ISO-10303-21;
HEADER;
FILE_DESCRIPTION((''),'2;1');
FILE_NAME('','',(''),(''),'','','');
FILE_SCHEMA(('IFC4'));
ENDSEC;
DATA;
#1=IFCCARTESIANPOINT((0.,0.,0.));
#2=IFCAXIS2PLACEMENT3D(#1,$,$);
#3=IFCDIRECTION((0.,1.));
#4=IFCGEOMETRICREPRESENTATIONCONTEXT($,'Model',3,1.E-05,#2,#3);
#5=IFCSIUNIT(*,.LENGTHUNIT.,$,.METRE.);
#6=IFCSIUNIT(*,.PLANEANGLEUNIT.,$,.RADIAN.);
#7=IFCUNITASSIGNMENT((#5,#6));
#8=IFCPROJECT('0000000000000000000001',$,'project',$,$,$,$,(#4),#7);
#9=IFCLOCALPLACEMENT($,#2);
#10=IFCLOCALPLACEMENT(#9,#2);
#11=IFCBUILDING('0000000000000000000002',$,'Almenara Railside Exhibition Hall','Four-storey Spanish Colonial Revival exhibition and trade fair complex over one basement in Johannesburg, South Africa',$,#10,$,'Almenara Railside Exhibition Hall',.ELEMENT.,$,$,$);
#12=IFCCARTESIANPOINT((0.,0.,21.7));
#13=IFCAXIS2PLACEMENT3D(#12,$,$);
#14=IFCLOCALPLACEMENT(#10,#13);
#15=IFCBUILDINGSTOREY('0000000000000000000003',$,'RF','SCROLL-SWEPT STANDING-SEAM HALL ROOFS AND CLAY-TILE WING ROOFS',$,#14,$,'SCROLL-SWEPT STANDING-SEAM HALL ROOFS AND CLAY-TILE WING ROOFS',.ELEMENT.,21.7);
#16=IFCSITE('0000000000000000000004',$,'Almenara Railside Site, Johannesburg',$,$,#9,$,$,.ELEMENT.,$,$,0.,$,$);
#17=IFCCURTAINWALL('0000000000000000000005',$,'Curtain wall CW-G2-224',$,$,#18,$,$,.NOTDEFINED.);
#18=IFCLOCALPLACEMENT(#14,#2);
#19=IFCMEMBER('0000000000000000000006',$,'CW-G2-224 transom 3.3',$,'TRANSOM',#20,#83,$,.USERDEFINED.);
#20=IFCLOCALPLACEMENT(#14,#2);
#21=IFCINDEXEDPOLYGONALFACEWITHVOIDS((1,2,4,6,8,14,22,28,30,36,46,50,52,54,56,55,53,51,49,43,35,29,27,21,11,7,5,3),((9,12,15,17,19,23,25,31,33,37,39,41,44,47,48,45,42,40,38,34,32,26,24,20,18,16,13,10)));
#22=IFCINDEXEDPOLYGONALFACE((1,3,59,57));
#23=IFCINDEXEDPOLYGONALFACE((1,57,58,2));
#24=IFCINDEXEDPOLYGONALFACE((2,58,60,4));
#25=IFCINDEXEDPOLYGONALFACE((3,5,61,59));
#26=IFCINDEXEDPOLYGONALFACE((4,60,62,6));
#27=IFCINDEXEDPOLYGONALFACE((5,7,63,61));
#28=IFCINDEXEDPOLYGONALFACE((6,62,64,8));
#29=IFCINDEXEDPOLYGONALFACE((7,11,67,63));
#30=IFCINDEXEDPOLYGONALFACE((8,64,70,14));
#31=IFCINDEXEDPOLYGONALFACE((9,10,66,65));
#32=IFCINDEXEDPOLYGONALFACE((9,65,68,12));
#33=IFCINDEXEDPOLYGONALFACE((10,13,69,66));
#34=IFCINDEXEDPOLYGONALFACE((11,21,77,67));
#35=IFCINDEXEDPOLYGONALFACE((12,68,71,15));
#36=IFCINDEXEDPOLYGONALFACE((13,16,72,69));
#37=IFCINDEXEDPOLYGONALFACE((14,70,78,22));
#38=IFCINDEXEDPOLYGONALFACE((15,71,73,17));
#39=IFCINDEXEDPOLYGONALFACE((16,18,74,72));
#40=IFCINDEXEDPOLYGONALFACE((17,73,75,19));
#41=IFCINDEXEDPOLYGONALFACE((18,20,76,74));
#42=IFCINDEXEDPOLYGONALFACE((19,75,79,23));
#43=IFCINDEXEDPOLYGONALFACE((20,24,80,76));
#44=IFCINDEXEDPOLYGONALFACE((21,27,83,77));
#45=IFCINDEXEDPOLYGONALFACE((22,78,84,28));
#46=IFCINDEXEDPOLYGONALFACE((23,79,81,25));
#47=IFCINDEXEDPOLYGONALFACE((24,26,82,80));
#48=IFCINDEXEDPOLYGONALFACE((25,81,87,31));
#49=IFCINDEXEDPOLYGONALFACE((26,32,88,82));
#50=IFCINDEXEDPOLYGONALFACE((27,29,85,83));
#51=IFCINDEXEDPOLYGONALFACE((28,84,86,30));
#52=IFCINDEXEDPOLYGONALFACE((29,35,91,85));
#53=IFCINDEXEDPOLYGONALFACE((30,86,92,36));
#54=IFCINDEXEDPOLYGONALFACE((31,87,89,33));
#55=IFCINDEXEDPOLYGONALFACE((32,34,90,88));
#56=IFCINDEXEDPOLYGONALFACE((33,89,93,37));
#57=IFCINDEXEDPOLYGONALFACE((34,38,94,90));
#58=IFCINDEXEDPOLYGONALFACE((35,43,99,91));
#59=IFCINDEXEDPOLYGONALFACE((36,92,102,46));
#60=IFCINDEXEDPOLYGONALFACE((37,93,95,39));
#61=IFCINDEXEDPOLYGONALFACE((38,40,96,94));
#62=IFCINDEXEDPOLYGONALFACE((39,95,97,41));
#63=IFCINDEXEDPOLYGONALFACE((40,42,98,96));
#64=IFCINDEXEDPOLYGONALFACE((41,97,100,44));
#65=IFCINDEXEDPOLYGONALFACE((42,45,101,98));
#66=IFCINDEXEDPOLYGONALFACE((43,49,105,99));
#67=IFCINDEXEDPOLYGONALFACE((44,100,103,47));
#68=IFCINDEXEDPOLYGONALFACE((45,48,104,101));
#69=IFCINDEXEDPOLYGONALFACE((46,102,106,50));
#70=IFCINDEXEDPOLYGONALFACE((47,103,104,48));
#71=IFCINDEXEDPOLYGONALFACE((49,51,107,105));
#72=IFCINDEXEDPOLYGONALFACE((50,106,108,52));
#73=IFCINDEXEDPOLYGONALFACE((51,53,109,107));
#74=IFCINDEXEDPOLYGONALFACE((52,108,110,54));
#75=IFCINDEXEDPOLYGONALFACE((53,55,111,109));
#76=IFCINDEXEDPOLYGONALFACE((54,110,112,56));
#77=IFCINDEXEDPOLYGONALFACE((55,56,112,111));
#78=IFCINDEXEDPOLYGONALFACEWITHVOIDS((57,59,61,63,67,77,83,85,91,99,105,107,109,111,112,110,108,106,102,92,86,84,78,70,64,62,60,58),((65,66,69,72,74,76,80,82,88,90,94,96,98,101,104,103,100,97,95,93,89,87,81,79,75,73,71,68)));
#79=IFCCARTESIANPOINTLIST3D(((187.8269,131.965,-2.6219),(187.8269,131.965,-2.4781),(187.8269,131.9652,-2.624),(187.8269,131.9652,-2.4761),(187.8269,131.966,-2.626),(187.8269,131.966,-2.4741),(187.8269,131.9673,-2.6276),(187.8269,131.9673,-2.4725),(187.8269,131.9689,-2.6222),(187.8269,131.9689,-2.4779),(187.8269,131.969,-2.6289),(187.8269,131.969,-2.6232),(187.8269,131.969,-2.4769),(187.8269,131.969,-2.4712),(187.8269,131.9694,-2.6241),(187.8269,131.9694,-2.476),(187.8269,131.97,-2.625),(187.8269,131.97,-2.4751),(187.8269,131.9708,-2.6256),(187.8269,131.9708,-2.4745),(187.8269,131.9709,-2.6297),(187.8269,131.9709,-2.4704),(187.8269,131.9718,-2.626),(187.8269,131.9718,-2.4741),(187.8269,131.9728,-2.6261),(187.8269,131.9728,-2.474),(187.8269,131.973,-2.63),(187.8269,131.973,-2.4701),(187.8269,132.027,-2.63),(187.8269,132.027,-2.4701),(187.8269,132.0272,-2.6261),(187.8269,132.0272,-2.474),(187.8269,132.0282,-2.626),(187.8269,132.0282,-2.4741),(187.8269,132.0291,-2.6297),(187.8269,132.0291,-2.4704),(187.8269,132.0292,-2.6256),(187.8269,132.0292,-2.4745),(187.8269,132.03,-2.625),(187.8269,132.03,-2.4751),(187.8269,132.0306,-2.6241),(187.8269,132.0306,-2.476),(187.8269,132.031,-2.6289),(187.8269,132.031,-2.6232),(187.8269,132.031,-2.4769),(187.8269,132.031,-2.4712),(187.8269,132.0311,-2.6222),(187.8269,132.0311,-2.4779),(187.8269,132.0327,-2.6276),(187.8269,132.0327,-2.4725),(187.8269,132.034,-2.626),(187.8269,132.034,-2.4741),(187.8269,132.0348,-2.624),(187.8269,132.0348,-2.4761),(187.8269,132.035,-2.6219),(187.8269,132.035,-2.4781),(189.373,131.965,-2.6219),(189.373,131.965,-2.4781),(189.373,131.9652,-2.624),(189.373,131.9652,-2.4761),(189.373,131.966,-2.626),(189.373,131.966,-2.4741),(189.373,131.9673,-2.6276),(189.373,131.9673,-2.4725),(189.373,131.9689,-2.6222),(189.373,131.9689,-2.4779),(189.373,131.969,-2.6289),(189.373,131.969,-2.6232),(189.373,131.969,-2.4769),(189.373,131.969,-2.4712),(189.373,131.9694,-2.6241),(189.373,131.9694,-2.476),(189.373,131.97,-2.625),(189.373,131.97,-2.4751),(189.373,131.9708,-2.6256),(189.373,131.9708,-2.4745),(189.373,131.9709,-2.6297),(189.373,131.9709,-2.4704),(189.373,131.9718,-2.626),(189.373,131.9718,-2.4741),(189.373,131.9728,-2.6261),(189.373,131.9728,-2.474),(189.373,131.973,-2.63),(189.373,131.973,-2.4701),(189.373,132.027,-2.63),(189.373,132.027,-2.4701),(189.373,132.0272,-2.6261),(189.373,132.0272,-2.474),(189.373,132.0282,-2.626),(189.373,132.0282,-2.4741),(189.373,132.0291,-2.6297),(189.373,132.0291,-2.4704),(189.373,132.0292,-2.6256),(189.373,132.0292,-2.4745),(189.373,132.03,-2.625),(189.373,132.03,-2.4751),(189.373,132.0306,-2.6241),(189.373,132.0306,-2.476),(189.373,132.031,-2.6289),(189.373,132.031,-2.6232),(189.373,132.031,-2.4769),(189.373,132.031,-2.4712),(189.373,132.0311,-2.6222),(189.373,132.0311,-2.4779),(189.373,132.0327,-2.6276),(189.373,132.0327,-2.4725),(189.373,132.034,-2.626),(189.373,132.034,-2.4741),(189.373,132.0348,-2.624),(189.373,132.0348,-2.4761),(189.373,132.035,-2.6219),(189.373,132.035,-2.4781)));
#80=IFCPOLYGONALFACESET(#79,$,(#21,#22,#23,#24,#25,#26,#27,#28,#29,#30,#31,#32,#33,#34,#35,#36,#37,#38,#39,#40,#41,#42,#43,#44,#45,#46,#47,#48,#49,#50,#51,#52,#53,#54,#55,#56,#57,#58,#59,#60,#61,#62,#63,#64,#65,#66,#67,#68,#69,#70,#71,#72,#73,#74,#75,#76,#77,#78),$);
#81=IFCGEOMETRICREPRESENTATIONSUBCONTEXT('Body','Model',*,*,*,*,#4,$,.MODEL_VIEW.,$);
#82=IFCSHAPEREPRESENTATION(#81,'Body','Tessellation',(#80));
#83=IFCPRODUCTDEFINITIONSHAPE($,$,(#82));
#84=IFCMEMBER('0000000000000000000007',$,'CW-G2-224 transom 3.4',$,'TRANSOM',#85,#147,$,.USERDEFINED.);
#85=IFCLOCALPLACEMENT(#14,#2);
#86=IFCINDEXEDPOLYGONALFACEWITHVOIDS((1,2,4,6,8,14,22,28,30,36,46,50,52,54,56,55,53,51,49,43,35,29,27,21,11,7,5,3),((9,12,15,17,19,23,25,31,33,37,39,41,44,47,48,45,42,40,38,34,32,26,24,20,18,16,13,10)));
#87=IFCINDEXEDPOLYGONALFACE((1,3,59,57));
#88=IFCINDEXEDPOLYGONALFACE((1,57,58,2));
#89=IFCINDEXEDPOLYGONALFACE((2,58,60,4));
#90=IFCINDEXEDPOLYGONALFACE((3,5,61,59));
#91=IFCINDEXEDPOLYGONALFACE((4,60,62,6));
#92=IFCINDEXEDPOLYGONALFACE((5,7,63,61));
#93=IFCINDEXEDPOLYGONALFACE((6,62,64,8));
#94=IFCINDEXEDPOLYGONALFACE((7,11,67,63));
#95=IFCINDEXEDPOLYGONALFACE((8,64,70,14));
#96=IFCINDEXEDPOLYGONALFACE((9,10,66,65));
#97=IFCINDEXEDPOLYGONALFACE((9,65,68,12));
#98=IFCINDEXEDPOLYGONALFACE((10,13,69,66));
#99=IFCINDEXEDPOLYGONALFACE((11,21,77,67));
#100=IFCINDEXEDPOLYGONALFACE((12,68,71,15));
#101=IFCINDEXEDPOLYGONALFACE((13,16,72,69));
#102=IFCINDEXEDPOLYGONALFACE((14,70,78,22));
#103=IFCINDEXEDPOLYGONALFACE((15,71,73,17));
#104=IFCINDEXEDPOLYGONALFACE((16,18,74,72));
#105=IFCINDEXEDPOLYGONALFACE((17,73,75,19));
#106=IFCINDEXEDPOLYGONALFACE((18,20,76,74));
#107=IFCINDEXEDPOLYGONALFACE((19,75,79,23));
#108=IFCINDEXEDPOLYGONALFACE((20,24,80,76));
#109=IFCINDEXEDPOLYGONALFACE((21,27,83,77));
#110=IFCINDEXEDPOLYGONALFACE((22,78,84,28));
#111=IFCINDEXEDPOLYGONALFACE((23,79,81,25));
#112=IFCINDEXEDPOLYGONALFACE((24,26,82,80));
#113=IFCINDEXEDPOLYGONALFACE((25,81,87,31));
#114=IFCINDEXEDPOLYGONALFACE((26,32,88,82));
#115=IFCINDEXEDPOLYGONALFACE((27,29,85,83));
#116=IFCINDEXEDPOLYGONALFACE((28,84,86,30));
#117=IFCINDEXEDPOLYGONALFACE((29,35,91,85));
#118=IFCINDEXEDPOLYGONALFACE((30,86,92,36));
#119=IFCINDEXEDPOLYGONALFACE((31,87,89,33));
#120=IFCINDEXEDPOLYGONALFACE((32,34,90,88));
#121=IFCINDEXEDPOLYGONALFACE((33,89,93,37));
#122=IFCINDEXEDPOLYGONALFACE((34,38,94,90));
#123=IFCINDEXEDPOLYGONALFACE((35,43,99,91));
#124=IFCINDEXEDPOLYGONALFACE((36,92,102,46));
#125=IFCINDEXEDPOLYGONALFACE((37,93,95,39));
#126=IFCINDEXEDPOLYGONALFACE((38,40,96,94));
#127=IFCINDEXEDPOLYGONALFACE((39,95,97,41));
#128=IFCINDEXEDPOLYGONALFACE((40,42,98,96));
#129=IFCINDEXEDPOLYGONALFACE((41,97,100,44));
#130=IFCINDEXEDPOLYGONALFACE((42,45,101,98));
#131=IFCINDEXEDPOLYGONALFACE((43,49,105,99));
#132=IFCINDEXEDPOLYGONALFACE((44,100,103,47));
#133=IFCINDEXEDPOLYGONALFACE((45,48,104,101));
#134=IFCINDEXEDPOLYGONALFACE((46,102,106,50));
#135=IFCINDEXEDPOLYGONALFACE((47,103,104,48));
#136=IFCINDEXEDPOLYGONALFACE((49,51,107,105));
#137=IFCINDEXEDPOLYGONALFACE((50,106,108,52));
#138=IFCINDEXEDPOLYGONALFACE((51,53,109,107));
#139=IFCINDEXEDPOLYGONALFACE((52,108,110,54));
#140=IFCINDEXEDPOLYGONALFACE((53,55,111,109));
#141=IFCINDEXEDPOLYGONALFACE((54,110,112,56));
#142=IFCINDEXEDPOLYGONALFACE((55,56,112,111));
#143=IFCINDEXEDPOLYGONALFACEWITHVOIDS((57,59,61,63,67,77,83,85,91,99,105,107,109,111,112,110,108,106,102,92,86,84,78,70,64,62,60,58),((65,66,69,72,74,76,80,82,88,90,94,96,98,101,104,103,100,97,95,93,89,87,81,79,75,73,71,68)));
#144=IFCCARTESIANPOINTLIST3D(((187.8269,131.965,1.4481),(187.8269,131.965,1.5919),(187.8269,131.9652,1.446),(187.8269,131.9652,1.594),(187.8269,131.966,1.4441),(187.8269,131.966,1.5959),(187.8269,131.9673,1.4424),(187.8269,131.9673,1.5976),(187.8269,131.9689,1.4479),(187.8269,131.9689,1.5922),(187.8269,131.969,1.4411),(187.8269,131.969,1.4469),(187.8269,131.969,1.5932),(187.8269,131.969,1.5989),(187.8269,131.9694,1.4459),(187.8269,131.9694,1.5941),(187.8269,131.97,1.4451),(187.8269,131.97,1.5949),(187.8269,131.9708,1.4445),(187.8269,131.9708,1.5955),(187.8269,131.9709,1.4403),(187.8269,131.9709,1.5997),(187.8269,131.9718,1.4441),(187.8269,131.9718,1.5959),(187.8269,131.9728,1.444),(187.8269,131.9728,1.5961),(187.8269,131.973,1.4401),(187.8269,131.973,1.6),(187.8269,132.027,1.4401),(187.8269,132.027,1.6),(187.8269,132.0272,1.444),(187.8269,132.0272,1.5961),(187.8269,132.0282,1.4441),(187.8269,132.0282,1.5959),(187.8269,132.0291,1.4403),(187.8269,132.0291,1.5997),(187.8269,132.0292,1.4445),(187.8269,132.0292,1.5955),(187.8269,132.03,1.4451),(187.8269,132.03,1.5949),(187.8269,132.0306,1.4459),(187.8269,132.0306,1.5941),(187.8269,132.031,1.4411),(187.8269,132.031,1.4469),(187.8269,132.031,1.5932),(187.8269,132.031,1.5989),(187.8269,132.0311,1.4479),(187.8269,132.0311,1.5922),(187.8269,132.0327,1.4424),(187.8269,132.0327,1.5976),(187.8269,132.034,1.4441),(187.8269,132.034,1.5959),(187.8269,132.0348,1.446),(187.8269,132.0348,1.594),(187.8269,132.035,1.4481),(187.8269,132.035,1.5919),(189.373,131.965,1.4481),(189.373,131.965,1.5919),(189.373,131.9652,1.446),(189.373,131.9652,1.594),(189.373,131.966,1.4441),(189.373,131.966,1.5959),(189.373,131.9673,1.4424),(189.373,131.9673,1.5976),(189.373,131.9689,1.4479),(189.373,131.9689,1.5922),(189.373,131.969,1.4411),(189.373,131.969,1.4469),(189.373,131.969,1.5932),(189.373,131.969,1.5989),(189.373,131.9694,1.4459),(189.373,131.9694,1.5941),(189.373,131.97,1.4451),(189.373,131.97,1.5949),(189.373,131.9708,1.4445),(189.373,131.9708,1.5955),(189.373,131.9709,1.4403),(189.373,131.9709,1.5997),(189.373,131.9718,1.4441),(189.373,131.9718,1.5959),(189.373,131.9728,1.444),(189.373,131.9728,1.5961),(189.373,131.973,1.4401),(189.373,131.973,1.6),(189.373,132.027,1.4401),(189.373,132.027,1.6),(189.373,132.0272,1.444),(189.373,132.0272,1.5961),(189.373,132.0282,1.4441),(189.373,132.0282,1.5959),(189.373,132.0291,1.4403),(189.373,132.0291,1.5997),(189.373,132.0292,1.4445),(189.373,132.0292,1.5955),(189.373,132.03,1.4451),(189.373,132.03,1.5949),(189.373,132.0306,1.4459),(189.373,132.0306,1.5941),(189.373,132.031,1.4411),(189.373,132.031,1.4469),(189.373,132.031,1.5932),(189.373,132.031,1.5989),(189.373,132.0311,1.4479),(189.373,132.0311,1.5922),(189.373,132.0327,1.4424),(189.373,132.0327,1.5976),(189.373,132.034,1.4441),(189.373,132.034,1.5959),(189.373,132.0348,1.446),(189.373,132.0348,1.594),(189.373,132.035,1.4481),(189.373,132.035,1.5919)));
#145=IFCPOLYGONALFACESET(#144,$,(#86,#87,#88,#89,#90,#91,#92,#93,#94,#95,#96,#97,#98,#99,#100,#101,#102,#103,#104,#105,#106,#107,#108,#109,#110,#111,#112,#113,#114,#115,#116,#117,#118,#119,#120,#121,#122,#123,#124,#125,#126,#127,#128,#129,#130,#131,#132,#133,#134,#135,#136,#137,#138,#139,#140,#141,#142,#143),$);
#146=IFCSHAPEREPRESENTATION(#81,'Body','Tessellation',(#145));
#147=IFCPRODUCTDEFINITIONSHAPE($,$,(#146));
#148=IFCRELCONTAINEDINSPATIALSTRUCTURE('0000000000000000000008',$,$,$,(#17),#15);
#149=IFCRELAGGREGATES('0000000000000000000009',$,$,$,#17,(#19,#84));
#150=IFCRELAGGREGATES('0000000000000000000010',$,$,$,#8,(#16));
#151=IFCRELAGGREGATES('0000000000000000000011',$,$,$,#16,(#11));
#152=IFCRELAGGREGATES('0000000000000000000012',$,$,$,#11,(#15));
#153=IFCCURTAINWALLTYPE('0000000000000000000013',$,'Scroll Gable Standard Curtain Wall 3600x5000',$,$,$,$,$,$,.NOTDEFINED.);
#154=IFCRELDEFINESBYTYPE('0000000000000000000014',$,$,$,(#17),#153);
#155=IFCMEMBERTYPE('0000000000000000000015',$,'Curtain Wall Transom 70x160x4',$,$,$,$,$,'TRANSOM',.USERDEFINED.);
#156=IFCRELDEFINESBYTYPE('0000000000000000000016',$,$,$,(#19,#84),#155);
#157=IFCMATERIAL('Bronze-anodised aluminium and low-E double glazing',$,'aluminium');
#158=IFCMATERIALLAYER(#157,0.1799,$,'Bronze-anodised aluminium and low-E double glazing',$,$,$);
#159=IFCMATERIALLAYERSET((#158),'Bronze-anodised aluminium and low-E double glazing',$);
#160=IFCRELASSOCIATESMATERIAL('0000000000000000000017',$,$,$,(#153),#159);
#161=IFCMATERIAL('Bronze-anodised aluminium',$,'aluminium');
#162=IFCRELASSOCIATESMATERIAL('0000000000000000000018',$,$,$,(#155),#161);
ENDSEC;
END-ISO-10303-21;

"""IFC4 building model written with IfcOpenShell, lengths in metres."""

from ifc_helpers import new_model, si_unit, direction, frame, origin, origin_2d, place, context, subcontext, project, spatial, hollow_rectangle, extrude, material, layer, layer_set, material_profile, profile_set, type_object, element, aggregate, save


model = new_model("IFC4")

# Units and contexts
model_context = context("Model", 3, precision=1e-05, world=origin(), true_north=direction((0.0, 1.0)))
body_context = subcontext(model_context, "Body", "Model", "MODEL_VIEW")
ifc_project = project(units=[si_unit("LENGTHUNIT", "METRE"), si_unit("PLANEANGLEUNIT", "RADIAN")], contexts=[model_context])

# Site, building, storey
site_placement = place(None, origin())
site = spatial("IfcSite", under=ifc_project, at=site_placement, Name="Almenara Railside Site, Johannesburg", CompositionType="ELEMENT", RefElevation=0.0)
building_placement = place(site_placement, origin())
building = spatial("IfcBuilding", under=site, at=building_placement, Name="Almenara Railside Exhibition Hall", Description="Four-storey Spanish Colonial Revival exhibition and trade fair complex over one basement in Johannesburg, South Africa", LongName="Almenara Railside Exhibition Hall", CompositionType="ELEMENT")
storey_placement = place(building_placement, frame((0.0, 0.0, 21.7)))
storey = spatial("IfcBuildingStorey", under=building, at=storey_placement, Name="RF", Description="SCROLL-SWEPT STANDING-SEAM HALL ROOFS AND CLAY-TILE WING ROOFS", LongName="SCROLL-SWEPT STANDING-SEAM HALL ROOFS AND CLAY-TILE WING ROOFS", CompositionType="ELEMENT", Elevation=21.7)

# Curtain wall, members
ifc_material_1 = material(Name="Bronze-anodised aluminium and low-E double glazing", Category="aluminium")
ifc_layer_1 = layer(ifc_material_1, 0.1799, Name="Bronze-anodised aluminium and low-E double glazing")
ifc_layer_set_1 = layer_set([ifc_layer_1], Name="Bronze-anodised aluminium and low-E double glazing")
curtain_wall_type = type_object("IfcCurtainWallType", Name="Scroll Gable Standard Curtain Wall 3600x5000", PredefinedType="NOTDEFINED", material=ifc_layer_set_1)
curtain_wall_placement = place(storey_placement, origin())
curtain_wall = element("IfcCurtainWall", 1, at=curtain_wall_placement, inside=storey, type_object=curtain_wall_type, Name="Curtain wall CW-G2-224", PredefinedType="NOTDEFINED")
ifc_material_2 = material(Name="Bronze-anodised aluminium", Category="aluminium")
ifc_material_profile_1 = material_profile(ifc_material_2, hollow_rectangle(XDim=0.0701, YDim=0.1599, WallThickness=0.0039, InnerFilletRadius=0.0039, OuterFilletRadius=0.0081, at=origin_2d()), Name="ALU-TRN 70x160x4")
ifc_profile_set_1 = profile_set([ifc_material_profile_1], Name="Bronze-anodised aluminium")
member_type_1 = type_object("IfcMemberType", Name="Curtain Wall Transom 70x160x4", ElementType="TRANSOM", PredefinedType="USERDEFINED", material=ifc_profile_set_1)
member_1_placement = place(storey_placement, frame((187.8269, 132.0, -2.55), z_axis=(1.0, 0.0, 0.0), x_axis=(0.0, 1.0, 0.0)))
member_1 = element("IfcMember", 2, at=member_1_placement, type_object=member_type_1, Name="CW-G2-224 transom 3.3", ObjectType="TRANSOM", PredefinedType="USERDEFINED", context=body_context, shape_type="SweptSolid", body=[
    extrude(hollow_rectangle(XDim=0.0701, YDim=0.1599, WallThickness=0.0039, InnerFilletRadius=0.0039, OuterFilletRadius=0.0081, at=origin_2d()), origin(), (0.0, 0.0, 1.0), 1.5461),
])
member_2_placement = place(storey_placement, frame((187.8269, 132.0, 1.52), z_axis=(1.0, 0.0, 0.0), x_axis=(0.0, 1.0, 0.0)))
member_2 = element("IfcMember", 3, at=member_2_placement, type_object=member_type_1, Name="CW-G2-224 transom 3.4", ObjectType="TRANSOM", PredefinedType="USERDEFINED", context=body_context, shape_type="SweptSolid", body=[
    extrude(hollow_rectangle(XDim=0.0701, YDim=0.1599, WallThickness=0.0039, InnerFilletRadius=0.0039, OuterFilletRadius=0.0081, at=origin_2d()), origin(), (0.0, 0.0, 1.0), 1.5461),
])

aggregate(curtain_wall, [member_1, member_2])

save(model, "model.ifc")
